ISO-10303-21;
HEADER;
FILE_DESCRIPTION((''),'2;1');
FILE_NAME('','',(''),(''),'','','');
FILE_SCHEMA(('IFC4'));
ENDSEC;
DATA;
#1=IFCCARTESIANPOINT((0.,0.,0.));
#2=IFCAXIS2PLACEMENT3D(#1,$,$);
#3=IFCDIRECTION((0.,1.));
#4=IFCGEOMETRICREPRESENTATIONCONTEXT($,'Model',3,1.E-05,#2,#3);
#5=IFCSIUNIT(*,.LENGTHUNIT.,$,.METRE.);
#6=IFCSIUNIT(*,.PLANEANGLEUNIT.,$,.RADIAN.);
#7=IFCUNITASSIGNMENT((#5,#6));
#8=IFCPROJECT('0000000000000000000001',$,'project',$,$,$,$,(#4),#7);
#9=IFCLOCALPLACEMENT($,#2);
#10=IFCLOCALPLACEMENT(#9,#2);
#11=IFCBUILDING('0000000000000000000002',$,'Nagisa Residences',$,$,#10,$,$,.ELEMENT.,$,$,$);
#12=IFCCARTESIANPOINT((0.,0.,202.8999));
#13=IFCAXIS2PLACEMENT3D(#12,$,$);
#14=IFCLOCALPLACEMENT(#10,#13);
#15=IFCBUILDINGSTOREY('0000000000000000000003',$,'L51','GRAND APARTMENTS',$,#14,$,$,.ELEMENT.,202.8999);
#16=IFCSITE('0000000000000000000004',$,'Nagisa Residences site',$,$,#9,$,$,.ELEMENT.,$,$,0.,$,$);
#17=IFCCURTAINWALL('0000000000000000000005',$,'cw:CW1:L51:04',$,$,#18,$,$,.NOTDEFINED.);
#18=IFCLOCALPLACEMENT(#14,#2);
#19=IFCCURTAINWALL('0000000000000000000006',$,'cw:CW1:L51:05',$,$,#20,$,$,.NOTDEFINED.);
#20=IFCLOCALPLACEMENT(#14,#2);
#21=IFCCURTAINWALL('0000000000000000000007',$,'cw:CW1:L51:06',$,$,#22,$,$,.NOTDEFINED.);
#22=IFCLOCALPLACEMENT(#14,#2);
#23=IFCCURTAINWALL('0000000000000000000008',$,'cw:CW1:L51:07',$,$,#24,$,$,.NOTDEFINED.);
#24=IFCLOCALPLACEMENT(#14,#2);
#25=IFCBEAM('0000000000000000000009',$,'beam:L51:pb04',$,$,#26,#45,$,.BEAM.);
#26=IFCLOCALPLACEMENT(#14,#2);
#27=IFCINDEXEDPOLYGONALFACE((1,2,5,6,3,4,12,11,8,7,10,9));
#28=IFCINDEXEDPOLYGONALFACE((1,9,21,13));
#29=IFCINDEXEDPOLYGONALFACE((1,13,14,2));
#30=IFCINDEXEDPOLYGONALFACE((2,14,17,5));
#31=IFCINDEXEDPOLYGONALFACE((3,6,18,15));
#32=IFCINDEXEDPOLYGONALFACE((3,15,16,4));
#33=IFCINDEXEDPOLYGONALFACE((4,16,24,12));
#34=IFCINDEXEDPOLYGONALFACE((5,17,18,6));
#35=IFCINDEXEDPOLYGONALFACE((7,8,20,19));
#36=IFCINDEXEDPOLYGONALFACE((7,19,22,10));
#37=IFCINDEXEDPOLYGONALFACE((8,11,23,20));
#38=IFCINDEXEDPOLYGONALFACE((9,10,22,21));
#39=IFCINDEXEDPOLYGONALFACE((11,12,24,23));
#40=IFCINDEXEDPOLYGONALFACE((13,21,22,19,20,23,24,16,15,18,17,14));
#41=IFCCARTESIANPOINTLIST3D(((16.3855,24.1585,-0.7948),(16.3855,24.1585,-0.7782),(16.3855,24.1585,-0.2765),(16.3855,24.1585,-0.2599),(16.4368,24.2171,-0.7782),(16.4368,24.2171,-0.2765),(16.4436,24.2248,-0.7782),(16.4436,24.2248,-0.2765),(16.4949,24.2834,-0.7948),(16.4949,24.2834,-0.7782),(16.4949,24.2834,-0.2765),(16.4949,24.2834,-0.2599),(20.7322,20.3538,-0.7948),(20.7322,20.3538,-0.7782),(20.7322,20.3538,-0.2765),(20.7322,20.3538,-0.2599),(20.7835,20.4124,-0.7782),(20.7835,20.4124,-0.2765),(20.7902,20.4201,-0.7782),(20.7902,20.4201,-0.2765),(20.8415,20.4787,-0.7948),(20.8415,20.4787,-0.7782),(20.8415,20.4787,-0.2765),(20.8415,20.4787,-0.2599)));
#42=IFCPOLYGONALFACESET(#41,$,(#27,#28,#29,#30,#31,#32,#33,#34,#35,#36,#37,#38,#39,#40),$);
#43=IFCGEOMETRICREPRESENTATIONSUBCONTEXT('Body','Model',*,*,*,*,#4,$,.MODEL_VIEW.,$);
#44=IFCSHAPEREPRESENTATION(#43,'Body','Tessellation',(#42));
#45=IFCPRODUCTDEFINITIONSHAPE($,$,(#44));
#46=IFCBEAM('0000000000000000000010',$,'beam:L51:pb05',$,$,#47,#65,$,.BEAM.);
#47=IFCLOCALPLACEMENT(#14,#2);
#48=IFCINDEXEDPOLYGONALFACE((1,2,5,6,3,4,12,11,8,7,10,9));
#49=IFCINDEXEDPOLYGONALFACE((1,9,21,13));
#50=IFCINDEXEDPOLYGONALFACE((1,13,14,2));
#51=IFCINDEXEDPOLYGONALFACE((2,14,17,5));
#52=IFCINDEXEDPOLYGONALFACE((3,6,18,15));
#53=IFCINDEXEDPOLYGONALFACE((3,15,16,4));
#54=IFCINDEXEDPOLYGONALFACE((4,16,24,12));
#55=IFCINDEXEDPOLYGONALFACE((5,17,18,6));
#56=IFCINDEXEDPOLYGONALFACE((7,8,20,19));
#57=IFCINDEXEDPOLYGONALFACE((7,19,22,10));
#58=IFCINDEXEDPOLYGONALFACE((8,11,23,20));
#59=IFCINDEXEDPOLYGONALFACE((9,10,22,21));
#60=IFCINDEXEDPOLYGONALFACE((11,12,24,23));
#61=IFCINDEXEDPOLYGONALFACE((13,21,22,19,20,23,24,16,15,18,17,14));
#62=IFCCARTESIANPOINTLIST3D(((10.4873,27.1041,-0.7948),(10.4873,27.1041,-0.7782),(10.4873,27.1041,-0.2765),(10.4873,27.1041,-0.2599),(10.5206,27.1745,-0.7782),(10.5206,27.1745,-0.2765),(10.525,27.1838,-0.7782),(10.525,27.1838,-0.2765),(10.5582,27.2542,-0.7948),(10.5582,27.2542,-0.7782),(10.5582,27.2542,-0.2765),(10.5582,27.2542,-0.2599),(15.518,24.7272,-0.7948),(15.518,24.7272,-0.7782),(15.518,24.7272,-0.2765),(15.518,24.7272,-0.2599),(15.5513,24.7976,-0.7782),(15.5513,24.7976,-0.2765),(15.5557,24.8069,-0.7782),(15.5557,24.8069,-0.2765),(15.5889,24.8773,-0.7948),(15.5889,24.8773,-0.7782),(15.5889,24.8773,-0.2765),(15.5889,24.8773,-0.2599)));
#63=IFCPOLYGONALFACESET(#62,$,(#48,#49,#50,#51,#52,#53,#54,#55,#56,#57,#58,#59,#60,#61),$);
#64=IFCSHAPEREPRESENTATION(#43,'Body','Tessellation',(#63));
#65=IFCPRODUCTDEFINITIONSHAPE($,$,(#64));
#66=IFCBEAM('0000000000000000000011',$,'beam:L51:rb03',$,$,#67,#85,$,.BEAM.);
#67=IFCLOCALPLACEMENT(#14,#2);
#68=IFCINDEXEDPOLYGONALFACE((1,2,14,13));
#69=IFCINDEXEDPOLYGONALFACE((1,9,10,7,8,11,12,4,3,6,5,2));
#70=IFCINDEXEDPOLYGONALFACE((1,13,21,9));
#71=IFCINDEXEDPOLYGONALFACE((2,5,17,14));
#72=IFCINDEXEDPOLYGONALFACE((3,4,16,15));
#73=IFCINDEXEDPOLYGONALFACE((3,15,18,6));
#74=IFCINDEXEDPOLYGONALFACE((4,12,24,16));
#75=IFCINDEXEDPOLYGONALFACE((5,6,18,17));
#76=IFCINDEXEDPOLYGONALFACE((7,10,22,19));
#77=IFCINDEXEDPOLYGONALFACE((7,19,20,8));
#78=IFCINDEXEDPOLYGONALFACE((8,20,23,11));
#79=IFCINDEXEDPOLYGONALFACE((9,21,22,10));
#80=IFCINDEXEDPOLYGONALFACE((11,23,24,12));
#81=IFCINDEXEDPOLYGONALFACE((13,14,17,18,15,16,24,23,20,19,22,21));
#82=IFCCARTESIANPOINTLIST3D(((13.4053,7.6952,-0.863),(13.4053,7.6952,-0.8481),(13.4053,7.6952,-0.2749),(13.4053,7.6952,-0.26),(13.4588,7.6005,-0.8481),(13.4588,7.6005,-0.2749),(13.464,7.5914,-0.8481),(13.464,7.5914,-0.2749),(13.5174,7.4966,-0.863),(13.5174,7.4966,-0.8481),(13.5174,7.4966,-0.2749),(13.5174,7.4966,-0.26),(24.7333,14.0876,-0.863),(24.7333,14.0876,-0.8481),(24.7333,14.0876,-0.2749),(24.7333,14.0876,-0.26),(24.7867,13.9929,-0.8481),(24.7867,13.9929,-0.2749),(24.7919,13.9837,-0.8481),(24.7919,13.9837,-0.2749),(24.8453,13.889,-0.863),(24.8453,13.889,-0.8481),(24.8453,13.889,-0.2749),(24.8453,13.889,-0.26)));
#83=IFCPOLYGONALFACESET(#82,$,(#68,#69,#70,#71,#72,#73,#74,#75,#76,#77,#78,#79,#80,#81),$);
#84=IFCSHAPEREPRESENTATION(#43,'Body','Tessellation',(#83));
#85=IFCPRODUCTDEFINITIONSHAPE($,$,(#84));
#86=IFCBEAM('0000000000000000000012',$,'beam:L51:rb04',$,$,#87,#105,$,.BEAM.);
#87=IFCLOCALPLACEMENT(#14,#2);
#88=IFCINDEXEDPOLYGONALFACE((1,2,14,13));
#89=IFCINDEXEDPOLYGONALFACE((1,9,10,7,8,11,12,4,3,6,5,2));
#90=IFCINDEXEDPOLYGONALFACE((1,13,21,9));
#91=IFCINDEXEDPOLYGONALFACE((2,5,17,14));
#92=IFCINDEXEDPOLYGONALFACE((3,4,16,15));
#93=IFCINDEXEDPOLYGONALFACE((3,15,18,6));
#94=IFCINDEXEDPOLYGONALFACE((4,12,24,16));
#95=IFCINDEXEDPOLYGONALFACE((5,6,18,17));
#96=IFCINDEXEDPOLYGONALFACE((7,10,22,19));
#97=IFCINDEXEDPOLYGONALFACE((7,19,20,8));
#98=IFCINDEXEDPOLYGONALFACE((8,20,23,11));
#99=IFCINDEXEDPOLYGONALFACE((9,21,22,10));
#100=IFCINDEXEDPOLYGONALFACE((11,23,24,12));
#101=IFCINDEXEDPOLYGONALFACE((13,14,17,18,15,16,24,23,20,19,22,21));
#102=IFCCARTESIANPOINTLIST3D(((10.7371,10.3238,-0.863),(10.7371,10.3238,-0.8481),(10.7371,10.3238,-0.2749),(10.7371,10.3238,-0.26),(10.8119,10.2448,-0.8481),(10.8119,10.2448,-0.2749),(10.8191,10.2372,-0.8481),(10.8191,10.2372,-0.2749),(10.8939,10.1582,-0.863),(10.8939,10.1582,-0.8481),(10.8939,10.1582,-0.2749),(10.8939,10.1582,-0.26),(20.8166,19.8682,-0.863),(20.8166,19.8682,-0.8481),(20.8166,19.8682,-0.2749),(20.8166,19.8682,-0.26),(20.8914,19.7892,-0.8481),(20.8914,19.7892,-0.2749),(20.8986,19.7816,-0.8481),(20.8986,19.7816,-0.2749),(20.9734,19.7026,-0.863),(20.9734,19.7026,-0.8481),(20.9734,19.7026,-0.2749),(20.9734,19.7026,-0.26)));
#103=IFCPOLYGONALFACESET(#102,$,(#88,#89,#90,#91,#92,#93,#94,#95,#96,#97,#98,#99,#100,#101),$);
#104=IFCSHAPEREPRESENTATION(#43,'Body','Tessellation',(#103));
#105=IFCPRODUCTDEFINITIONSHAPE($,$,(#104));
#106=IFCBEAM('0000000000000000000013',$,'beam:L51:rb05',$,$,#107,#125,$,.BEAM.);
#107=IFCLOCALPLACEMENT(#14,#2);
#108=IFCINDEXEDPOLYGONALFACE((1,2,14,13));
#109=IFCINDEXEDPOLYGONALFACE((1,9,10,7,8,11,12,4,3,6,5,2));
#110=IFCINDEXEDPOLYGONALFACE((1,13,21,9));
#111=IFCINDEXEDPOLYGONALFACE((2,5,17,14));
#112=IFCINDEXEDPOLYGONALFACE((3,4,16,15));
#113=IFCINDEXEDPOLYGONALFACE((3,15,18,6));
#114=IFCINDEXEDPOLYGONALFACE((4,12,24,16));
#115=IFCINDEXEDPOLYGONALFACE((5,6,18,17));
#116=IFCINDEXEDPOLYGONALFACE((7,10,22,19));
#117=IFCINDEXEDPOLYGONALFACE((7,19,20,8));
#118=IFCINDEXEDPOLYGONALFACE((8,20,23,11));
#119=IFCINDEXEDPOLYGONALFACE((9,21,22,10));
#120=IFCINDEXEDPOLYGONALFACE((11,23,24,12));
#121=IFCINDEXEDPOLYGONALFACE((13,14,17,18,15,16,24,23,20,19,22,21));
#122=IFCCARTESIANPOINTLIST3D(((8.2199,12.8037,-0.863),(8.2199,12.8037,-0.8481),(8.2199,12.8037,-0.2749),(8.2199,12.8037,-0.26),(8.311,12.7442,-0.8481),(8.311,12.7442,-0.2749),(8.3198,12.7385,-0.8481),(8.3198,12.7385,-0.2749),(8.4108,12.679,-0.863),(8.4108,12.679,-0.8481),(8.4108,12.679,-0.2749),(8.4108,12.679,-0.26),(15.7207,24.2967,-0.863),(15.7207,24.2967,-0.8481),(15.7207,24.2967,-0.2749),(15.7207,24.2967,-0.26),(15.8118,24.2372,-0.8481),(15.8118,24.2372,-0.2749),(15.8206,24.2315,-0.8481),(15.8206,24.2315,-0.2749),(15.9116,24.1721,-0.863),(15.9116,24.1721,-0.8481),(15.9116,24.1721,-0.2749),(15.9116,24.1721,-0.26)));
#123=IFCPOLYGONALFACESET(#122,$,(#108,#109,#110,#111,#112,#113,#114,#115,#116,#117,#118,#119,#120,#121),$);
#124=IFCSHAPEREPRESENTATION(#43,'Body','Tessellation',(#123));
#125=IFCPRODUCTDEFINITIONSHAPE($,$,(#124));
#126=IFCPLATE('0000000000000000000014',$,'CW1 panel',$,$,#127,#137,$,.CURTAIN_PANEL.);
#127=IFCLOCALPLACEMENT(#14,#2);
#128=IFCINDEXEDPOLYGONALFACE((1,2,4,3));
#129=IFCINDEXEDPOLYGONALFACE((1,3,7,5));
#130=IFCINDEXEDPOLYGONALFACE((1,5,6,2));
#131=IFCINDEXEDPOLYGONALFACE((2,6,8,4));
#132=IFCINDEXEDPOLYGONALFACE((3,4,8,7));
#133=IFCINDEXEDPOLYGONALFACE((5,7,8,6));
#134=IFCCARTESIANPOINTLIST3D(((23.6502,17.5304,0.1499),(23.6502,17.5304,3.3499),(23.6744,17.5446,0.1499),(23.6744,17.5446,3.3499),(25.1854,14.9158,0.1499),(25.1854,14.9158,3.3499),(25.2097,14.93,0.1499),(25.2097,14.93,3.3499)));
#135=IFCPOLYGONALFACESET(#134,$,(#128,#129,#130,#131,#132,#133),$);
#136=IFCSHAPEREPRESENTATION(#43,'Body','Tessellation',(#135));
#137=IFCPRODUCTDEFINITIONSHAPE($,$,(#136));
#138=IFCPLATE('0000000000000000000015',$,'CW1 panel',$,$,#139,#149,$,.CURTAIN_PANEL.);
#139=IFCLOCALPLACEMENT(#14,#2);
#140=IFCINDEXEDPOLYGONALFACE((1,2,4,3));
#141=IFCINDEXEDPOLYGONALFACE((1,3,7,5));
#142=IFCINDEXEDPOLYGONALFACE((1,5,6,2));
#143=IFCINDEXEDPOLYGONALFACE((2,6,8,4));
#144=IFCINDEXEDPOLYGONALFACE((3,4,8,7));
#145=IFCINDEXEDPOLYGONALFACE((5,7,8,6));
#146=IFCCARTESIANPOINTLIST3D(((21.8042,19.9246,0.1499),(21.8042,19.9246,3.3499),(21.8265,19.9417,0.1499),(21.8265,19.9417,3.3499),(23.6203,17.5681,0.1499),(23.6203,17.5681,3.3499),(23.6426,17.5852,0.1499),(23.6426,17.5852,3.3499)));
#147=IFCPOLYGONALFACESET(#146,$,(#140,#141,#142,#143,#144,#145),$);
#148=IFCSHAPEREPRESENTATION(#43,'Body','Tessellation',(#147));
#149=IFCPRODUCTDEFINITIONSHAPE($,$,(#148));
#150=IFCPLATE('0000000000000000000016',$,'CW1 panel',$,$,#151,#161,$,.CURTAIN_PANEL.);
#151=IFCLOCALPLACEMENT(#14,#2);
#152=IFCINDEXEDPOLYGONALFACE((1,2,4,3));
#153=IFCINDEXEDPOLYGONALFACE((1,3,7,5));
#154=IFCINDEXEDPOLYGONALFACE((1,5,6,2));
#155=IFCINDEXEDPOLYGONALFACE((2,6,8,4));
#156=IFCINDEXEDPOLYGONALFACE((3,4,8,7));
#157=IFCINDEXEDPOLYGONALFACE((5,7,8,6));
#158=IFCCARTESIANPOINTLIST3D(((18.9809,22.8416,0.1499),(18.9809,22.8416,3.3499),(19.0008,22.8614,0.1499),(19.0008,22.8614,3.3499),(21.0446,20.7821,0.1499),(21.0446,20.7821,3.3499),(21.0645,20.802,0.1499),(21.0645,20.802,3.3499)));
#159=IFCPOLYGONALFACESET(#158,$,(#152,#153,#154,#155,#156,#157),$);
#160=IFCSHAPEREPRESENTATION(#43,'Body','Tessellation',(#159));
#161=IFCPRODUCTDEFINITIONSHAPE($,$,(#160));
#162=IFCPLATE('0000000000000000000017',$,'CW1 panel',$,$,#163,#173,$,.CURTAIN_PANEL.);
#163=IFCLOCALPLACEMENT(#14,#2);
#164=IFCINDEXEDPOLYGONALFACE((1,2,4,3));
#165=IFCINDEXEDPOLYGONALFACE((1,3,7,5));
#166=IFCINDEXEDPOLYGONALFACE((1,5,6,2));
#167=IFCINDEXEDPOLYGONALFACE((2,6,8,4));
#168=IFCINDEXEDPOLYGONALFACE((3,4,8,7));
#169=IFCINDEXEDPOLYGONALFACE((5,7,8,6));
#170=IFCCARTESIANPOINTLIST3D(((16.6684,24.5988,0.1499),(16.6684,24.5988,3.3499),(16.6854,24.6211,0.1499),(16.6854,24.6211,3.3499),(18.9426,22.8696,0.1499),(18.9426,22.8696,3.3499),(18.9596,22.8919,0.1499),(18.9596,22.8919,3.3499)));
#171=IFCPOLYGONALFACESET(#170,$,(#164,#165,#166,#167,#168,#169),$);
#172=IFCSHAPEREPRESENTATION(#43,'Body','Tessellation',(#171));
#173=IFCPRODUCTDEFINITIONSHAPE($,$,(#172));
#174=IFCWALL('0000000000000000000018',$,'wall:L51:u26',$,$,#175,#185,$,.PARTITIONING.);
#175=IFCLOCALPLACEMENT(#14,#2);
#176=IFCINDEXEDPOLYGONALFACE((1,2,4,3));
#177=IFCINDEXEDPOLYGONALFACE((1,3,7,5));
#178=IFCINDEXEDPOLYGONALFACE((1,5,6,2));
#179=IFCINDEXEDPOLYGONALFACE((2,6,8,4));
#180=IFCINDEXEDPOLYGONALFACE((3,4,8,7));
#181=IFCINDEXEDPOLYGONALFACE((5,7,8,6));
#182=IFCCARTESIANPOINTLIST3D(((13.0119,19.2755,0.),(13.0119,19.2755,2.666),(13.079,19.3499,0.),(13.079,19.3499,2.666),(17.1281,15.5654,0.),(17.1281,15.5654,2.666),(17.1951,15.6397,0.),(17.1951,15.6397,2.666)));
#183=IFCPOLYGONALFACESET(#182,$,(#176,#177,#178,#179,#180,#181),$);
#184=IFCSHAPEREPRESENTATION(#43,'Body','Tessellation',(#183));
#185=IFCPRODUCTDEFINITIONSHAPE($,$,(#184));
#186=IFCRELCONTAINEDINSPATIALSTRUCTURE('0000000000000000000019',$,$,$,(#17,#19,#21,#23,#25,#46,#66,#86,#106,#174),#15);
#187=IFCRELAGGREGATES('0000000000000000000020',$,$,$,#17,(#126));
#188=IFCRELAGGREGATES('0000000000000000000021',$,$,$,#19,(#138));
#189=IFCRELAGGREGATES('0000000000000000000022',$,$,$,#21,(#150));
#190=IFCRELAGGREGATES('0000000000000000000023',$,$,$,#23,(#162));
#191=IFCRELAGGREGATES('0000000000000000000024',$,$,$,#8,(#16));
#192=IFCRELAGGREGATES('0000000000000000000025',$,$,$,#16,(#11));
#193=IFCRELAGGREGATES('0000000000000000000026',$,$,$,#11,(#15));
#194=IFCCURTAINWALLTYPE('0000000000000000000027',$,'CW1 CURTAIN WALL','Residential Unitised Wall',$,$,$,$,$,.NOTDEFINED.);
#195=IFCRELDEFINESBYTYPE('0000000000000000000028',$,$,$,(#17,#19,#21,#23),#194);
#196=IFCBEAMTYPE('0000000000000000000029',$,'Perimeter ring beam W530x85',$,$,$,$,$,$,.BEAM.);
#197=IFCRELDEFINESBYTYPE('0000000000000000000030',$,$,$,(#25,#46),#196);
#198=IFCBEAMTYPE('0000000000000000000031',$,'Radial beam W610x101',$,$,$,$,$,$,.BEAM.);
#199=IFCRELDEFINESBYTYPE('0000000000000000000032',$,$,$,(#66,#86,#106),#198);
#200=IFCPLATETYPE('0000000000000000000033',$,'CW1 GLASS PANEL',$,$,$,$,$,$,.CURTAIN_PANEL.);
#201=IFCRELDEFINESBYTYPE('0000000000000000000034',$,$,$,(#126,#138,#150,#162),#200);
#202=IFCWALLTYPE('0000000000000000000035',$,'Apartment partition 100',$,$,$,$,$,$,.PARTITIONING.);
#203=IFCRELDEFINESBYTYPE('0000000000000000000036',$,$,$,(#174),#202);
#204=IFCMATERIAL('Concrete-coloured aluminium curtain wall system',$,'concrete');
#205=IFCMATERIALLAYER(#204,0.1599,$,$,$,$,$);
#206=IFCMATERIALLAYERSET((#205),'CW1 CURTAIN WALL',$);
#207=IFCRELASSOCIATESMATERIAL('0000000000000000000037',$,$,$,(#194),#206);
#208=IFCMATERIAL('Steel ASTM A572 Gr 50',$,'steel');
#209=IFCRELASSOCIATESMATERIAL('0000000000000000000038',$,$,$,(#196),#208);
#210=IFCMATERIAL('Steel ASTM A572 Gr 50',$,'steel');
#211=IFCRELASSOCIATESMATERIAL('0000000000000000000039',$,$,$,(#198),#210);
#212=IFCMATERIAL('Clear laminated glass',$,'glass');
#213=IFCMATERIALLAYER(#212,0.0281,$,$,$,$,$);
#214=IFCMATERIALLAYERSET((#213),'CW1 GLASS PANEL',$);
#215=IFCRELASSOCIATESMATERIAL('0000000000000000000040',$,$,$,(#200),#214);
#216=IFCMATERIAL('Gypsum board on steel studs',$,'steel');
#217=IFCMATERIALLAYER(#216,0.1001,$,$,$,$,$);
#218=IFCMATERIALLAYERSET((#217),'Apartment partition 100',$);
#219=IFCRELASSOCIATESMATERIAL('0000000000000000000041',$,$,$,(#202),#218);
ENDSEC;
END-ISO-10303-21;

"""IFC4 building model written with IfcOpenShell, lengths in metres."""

from ifc_helpers import new_model, si_unit, direction, frame, frame_2d, origin, origin_2d, place, context, subcontext, project, spatial, rectangle, i_section, extrude, material, layer, layer_set, material_profile, profile_set, type_object, element, aggregate, save


model = new_model("IFC4")

# Units and contexts
model_context = context("Model", 3, precision=1e-05, world=origin(), true_north=direction((0.0, 1.0)))
body_context = subcontext(model_context, "Body", "Model", "MODEL_VIEW")
ifc_project = project(units=[si_unit("LENGTHUNIT", "METRE"), si_unit("PLANEANGLEUNIT", "RADIAN")], contexts=[model_context])

# Site, building, storey
site_placement = place(None, origin())
site = spatial("IfcSite", under=ifc_project, at=site_placement, Name="Nagisa Residences site", CompositionType="ELEMENT", RefElevation=0.0)
building_placement = place(site_placement, origin())
building = spatial("IfcBuilding", under=site, at=building_placement, Name="Nagisa Residences", CompositionType="ELEMENT")
storey_placement = place(building_placement, frame((0.0, 0.0, 202.8999)))
storey = spatial("IfcBuildingStorey", under=building, at=storey_placement, Name="L51", Description="GRAND APARTMENTS", CompositionType="ELEMENT", Elevation=202.8999)

# Curtain walls
ifc_material_1 = material(Name="Concrete-coloured aluminium curtain wall system", Category="concrete")
ifc_layer_1 = layer(ifc_material_1, 0.1599)
ifc_layer_set_1 = layer_set([ifc_layer_1], Name="CW1 CURTAIN WALL")
curtain_wall_type = type_object("IfcCurtainWallType", Name="CW1 CURTAIN WALL", Description="Residential Unitised Wall", PredefinedType="NOTDEFINED", material=ifc_layer_set_1)
curtain_wall_1_placement = place(storey_placement, origin())
curtain_wall_1 = element("IfcCurtainWall", 1, at=curtain_wall_1_placement, inside=storey, type_object=curtain_wall_type, Name="cw:CW1:L51:04", PredefinedType="NOTDEFINED")
curtain_wall_2_placement = place(storey_placement, origin())
curtain_wall_2 = element("IfcCurtainWall", 2, at=curtain_wall_2_placement, inside=storey, type_object=curtain_wall_type, Name="cw:CW1:L51:05", PredefinedType="NOTDEFINED")
curtain_wall_3_placement = place(storey_placement, origin())
curtain_wall_3 = element("IfcCurtainWall", 3, at=curtain_wall_3_placement, inside=storey, type_object=curtain_wall_type, Name="cw:CW1:L51:06", PredefinedType="NOTDEFINED")
curtain_wall_4_placement = place(storey_placement, origin())
curtain_wall_4 = element("IfcCurtainWall", 4, at=curtain_wall_4_placement, inside=storey, type_object=curtain_wall_type, Name="cw:CW1:L51:07", PredefinedType="NOTDEFINED")

# Beams
ifc_material_2 = material(Name="Steel ASTM A572 Gr 50", Category="steel")
ifc_material_profile_1 = material_profile(ifc_material_2, i_section(OverallWidth=0.166, OverallDepth=0.5349, WebThickness=0.0103, FlangeThickness=0.0166, at=origin_2d()), Name="W530x85")
ifc_profile_set_1 = profile_set([ifc_material_profile_1], Name="Steel ASTM A572 Gr 50")
beam_type_1 = type_object("IfcBeamType", Name="Perimeter ring beam W530x85", PredefinedType="BEAM", material=ifc_profile_set_1)
beam_1_placement = place(storey_placement, frame((20.7869, 20.4163, -0.5273), z_axis=(-0.752461, 0.658636, 0.0), x_axis=(-0.658636, -0.752461, 0.0)))
element("IfcBeam", 5, at=beam_1_placement, inside=storey, type_object=beam_type_1, Name="beam:L51:pb04", PredefinedType="BEAM", context=body_context, shape_type="SweptSolid", body=[
    extrude(i_section(OverallWidth=0.166, OverallDepth=0.5349, WebThickness=0.0103, FlangeThickness=0.0166, at=origin_2d()), origin(), (0.0, 0.0, 1.0), 5.7766),
])
beam_2_placement = place(storey_placement, frame((15.5535, 24.8022, -0.5273), z_axis=(-0.904157, 0.4272, 0.0), x_axis=(-0.4272, -0.904157, 0.0)))
element("IfcBeam", 6, at=beam_2_placement, inside=storey, type_object=beam_type_1, Name="beam:L51:pb05", PredefinedType="BEAM", context=body_context, shape_type="SweptSolid", body=[
    extrude(i_section(OverallWidth=0.166, OverallDepth=0.5349, WebThickness=0.0103, FlangeThickness=0.0166, at=origin_2d()), origin(), (0.0, 0.0, 1.0), 5.564),
])
ifc_material_3 = material(Name="Steel ASTM A572 Gr 50", Category="steel")
ifc_material_profile_2 = material_profile(ifc_material_3, i_section(OverallWidth=0.228, OverallDepth=0.603, WebThickness=0.0105, FlangeThickness=0.0149, at=origin_2d()), Name="W610x101")
ifc_profile_set_2 = profile_set([ifc_material_profile_2], Name="Steel ASTM A572 Gr 50")
beam_type_2 = type_object("IfcBeamType", Name="Radial beam W610x101", PredefinedType="BEAM", material=ifc_profile_set_2)
beam_3_placement = place(storey_placement, frame((24.7893, 13.9883, -0.5615), z_axis=(-0.870905, -0.491452, 0.0), x_axis=(0.491452, -0.870905, 0.0)))
element("IfcBeam", 7, at=beam_3_placement, inside=storey, type_object=beam_type_2, Name="beam:L51:rb03", PredefinedType="BEAM", context=body_context, shape_type="SweptSolid", body=[
    extrude(i_section(OverallWidth=0.228, OverallDepth=0.603, WebThickness=0.0105, FlangeThickness=0.0149, at=origin_2d()), origin(), (0.0, 0.0, 1.0), 13.0071),
])
beam_4_placement = place(storey_placement, frame((20.895, 19.7854, -0.5615), z_axis=(-0.72612, -0.687568, 0.0), x_axis=(0.687568, -0.72612, 0.0)))
element("IfcBeam", 8, at=beam_4_placement, inside=storey, type_object=beam_type_2, Name="beam:L51:rb04", PredefinedType="BEAM", context=body_context, shape_type="SweptSolid", body=[
    extrude(i_section(OverallWidth=0.228, OverallDepth=0.603, WebThickness=0.0105, FlangeThickness=0.0149, at=origin_2d()), origin(), (0.0, 0.0, 1.0), 13.8813),
])
beam_5_placement = place(storey_placement, frame((15.8162, 24.2344, -0.5615), z_axis=(-0.546541, -0.837432, 0.0), x_axis=(0.837432, -0.546541, 0.0)))
element("IfcBeam", 9, at=beam_5_placement, inside=storey, type_object=beam_type_2, Name="beam:L51:rb05", PredefinedType="BEAM", context=body_context, shape_type="SweptSolid", body=[
    extrude(i_section(OverallWidth=0.228, OverallDepth=0.603, WebThickness=0.0105, FlangeThickness=0.0149, at=origin_2d()), origin(), (0.0, 0.0, 1.0), 13.7241),
])

# Plates
ifc_material_4 = material(Name="Clear laminated glass", Category="glass")
ifc_layer_2 = layer(ifc_material_4, 0.0281)
ifc_layer_set_2 = layer_set([ifc_layer_2], Name="CW1 GLASS PANEL")
plate_type = type_object("IfcPlateType", Name="CW1 GLASS PANEL", PredefinedType="CURTAIN_PANEL", material=ifc_layer_set_2)
plate_1_placement = place(storey_placement, frame((24.4299, 16.2302, 0.1499), z_axis=(0.0, 0.0, 1.0), x_axis=(-0.506349, 0.862329, 0.0)))
plate_1 = element("IfcPlate", 10, at=plate_1_placement, type_object=plate_type, Name="CW1 panel", PredefinedType="CURTAIN_PANEL", context=body_context, shape_type="SweptSolid", body=[
    extrude(rectangle(XDim=3.032, YDim=0.0281, at=origin_2d()), origin(), (0.0, 0.0, 1.0), 3.2),
])
aggregate(curtain_wall_1, [plate_1])
plate_2_placement = place(storey_placement, frame((22.7234, 18.7549, 0.1499), z_axis=(0.0, 0.0, 1.0), x_axis=(-0.61043, 0.79207, 0.0)))
plate_2 = element("IfcPlate", 11, at=plate_2_placement, type_object=plate_type, Name="CW1 panel", PredefinedType="CURTAIN_PANEL", context=body_context, shape_type="SweptSolid", body=[
    extrude(rectangle(XDim=2.9751, YDim=0.0281, at=origin_2d()), origin(), (0.0, 0.0, 1.0), 3.2),
])
aggregate(curtain_wall_2, [plate_2])
plate_3_placement = place(storey_placement, frame((20.0227, 21.8218, 0.1499), z_axis=(0.0, 0.0, 1.0), x_axis=(-0.707836, 0.706377, 0.0)))
plate_3 = element("IfcPlate", 12, at=plate_3_placement, type_object=plate_type, Name="CW1 panel", PredefinedType="CURTAIN_PANEL", context=body_context, shape_type="SweptSolid", body=[
    extrude(rectangle(XDim=2.9155, YDim=0.0281, at=origin_2d()), origin(), (0.0, 0.0, 1.0), 3.2),
])
aggregate(curtain_wall_3, [plate_3])
plate_4_placement = place(storey_placement, frame((17.814, 23.7454, 0.1499), z_axis=(0.0, 0.0, 1.0), x_axis=(-0.796031, 0.605255, 0.0)))
plate_4 = element("IfcPlate", 13, at=plate_4_placement, type_object=plate_type, Name="CW1 panel", PredefinedType="CURTAIN_PANEL", context=body_context, shape_type="SweptSolid", body=[
    extrude(rectangle(XDim=2.8569, YDim=0.0281, at=origin_2d()), origin(), (0.0, 0.0, 1.0), 3.2),
])
aggregate(curtain_wall_4, [plate_4])

# Wall
ifc_material_5 = material(Name="Gypsum board on steel studs", Category="steel")
ifc_layer_3 = layer(ifc_material_5, 0.1001)
ifc_layer_set_3 = layer_set([ifc_layer_3], Name="Apartment partition 100")
wall_type = type_object("IfcWallType", Name="Apartment partition 100", PredefinedType="PARTITIONING", material=ifc_layer_set_3)
wall_placement = place(storey_placement, frame((17.1616, 15.6025, 0.0), z_axis=(0.0, 0.0, 1.0), x_axis=(-0.74279, 0.669524, 0.0)))
element("IfcWall", 14, at=wall_placement, inside=storey, type_object=wall_type, Name="wall:L51:u26", PredefinedType="PARTITIONING", context=body_context, shape_type="SweptSolid", body=[
    extrude(rectangle(XDim=5.5415, YDim=0.1001, at=frame_2d((2.7708, 0.0))), origin(), (0.0, 0.0, 1.0), 2.666),
])

save(model, "model.ifc")
